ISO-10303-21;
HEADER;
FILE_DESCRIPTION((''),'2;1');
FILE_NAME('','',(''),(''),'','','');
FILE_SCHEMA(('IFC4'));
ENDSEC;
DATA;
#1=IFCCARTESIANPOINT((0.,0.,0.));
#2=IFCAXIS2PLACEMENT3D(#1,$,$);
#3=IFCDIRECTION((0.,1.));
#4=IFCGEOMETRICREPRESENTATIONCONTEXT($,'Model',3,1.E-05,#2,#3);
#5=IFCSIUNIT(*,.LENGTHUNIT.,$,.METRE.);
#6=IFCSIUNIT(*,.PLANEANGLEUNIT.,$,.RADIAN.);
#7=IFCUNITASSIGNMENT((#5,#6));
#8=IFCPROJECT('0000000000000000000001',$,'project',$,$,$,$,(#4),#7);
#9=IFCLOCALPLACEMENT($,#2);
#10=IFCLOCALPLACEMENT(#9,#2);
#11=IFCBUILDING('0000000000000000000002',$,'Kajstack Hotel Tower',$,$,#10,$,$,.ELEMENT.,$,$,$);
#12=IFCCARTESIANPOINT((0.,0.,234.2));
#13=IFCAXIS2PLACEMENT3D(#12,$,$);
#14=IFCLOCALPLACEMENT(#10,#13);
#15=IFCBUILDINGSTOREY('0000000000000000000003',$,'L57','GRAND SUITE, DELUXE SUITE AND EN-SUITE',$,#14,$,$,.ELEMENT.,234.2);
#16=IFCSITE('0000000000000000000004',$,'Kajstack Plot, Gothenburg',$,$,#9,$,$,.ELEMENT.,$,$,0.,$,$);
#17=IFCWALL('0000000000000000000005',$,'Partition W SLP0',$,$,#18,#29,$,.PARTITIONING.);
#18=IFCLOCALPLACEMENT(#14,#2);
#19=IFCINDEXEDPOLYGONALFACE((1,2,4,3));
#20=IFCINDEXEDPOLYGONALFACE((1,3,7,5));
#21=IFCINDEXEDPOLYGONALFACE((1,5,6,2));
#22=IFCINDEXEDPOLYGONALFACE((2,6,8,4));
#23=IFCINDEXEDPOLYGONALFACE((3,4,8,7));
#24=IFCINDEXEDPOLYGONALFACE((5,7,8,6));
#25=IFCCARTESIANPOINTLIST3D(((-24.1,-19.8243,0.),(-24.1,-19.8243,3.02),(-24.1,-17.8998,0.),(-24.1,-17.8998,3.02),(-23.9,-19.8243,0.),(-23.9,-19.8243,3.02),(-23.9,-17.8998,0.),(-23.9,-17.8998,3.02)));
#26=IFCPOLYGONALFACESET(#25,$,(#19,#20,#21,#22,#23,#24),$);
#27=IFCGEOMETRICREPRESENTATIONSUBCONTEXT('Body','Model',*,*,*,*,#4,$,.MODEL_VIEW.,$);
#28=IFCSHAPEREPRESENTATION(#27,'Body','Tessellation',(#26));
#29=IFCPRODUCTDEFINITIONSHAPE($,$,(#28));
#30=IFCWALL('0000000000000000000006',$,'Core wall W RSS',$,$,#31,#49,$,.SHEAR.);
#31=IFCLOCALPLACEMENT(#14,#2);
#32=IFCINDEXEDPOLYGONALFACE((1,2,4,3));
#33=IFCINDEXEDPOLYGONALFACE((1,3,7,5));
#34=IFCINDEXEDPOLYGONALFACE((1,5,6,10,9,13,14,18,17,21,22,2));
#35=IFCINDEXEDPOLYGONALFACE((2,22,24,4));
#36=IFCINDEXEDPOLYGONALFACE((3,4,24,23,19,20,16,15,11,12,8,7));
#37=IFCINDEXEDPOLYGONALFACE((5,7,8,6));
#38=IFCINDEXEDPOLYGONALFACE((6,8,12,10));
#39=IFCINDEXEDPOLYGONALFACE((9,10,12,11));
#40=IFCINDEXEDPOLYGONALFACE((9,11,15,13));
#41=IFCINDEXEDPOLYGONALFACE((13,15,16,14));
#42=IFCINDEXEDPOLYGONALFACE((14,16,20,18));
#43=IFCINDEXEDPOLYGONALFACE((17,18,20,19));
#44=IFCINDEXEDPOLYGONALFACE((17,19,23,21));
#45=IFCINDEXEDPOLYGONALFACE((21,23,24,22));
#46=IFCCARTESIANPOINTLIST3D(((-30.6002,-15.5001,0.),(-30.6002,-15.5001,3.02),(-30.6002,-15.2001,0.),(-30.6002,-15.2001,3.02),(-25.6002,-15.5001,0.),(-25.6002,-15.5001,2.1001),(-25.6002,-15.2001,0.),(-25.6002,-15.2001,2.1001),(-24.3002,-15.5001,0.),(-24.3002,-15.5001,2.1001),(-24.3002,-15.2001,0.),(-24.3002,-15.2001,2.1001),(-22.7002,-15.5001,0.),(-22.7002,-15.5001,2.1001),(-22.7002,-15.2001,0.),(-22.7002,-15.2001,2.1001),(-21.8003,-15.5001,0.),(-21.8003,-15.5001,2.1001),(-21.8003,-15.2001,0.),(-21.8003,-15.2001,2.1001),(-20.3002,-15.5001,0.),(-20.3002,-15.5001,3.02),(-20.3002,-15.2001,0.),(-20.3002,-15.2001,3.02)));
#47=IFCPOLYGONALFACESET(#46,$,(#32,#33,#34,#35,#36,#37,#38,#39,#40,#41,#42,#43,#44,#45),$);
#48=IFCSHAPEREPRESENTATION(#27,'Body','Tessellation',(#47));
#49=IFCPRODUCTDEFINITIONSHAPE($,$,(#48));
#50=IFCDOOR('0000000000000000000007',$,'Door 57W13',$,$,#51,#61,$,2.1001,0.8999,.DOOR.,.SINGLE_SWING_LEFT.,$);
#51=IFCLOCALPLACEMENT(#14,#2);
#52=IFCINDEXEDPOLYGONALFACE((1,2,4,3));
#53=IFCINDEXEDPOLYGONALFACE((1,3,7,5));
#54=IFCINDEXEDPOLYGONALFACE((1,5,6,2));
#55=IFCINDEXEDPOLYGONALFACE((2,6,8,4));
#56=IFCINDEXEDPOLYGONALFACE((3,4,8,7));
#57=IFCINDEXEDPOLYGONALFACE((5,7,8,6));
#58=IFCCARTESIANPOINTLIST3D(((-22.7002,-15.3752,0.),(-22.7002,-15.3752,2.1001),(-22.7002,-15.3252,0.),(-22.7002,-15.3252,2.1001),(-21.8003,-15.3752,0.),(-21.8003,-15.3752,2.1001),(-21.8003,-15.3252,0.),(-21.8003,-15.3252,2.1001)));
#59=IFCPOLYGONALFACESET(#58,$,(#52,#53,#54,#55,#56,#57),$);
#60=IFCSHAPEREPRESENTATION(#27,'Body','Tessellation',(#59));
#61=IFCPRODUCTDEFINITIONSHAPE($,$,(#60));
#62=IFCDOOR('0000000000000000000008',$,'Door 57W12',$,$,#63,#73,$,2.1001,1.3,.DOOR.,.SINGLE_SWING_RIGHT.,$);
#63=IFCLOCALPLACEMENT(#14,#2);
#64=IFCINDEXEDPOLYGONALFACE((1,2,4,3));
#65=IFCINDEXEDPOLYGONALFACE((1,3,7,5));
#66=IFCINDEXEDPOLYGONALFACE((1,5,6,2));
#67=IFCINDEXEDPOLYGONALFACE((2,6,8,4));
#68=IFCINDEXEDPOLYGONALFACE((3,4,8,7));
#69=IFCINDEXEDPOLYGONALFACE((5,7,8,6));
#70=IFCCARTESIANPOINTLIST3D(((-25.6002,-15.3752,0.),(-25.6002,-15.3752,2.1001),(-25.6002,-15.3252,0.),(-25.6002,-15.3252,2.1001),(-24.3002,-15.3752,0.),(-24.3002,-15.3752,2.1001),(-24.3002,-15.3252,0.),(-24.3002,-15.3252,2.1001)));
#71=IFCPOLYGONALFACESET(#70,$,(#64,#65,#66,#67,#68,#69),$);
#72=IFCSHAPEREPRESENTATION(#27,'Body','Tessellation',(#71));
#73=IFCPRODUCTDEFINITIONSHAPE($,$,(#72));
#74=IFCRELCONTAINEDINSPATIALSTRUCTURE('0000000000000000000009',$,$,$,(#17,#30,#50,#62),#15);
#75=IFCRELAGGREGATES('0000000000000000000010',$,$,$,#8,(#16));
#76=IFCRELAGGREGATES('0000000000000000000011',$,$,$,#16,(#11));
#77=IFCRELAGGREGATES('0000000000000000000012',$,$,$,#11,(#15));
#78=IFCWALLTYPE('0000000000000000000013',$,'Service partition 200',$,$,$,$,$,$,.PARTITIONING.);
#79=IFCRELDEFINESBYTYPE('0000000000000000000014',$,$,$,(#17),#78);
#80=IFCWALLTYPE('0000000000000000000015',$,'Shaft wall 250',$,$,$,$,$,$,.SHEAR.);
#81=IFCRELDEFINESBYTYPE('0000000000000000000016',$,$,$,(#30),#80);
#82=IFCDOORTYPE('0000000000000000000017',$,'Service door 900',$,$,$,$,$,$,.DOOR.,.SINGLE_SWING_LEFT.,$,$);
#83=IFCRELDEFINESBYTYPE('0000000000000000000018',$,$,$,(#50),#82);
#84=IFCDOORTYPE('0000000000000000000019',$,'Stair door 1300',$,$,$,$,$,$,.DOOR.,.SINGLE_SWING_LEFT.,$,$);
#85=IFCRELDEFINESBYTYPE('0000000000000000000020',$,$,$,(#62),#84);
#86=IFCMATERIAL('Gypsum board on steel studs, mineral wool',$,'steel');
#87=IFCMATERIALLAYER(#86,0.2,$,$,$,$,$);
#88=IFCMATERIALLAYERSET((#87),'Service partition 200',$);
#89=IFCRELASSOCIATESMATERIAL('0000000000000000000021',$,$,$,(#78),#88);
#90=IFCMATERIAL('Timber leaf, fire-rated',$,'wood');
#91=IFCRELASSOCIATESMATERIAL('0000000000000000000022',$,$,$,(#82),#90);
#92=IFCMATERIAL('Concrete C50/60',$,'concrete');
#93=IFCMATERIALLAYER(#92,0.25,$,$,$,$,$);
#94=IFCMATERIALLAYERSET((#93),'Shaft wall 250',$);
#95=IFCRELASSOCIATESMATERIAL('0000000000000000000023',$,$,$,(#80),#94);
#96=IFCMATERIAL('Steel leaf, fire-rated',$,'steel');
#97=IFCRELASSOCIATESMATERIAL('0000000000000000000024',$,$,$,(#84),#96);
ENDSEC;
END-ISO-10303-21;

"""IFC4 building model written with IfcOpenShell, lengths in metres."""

from ifc_helpers import new_model, si_unit, direction, frame, frame_2d, origin, place, context, subcontext, project, spatial, rectangle, extrude, material, layer, layer_set, type_object, element, fill, save


model = new_model("IFC4")

# Units and contexts
model_context = context("Model", 3, precision=1e-05, world=origin(), true_north=direction((0.0, 1.0)))
body_context = subcontext(model_context, "Body", "Model", "MODEL_VIEW")
ifc_project = project(units=[si_unit("LENGTHUNIT", "METRE"), si_unit("PLANEANGLEUNIT", "RADIAN")], contexts=[model_context])

# Site, building, storey
site_placement = place(None, origin())
site = spatial("IfcSite", under=ifc_project, at=site_placement, Name="Kajstack Plot, Gothenburg", CompositionType="ELEMENT", RefElevation=0.0)
building_placement = place(site_placement, origin())
building = spatial("IfcBuilding", under=site, at=building_placement, Name="Kajstack Hotel Tower", CompositionType="ELEMENT")
storey_placement = place(building_placement, frame((0.0, 0.0, 234.2)))
storey = spatial("IfcBuildingStorey", under=building, at=storey_placement, Name="L57", Description="GRAND SUITE, DELUXE SUITE AND EN-SUITE", CompositionType="ELEMENT", Elevation=234.2)

# Shared definitions
ifc_material_1 = material(Name="Gypsum board on steel studs, mineral wool", Category="steel")
ifc_layer_1 = layer(ifc_material_1, 0.2)
ifc_layer_set_1 = layer_set([ifc_layer_1], Name="Service partition 200")
wall_type_1 = type_object("IfcWallType", Name="Service partition 200", PredefinedType="PARTITIONING", material=ifc_layer_set_1)
ifc_material_2 = material(Name="Timber leaf, fire-rated", Category="wood")
door_type_1 = type_object("IfcDoorType", Name="Service door 900", OperationType="SINGLE_SWING_LEFT", PredefinedType="DOOR", material=ifc_material_2)

# Wall
wall_1_placement = place(storey_placement, frame((-24.0, -19.8245, 0.0), z_axis=(0.0, 0.0, 1.0), x_axis=(0.0, 1.0, 0.0)))
element("IfcWall", 1, at=wall_1_placement, inside=storey, type_object=wall_type_1, Name="Partition W SLP0", PredefinedType="PARTITIONING", context=body_context, shape_type="SweptSolid", body=[
    extrude(rectangle(XDim=1.9246, YDim=0.2, at=frame_2d((0.9624, 0.0))), origin(), (0.0, 0.0, 1.0), 3.02),
])

# Wall, openings, doors
ifc_material_3 = material(Name="Concrete C50/60", Category="concrete")
ifc_layer_2 = layer(ifc_material_3, 0.25)
ifc_layer_set_2 = layer_set([ifc_layer_2], Name="Shaft wall 250")
wall_type_2 = type_object("IfcWallType", Name="Shaft wall 250", PredefinedType="SHEAR", material=ifc_layer_set_2)
wall_2_placement = place(storey_placement, frame((-30.6001, -15.3501, 0.0), z_axis=(0.0, 0.0, 1.0), x_axis=(1.0, 0.0, 0.0)))
wall_2 = element("IfcWall", 2, at=wall_2_placement, inside=storey, type_object=wall_type_2, Name="Core wall W RSS", PredefinedType="SHEAR", context=body_context, shape_type="SweptSolid", body=[
    extrude(rectangle(XDim=10.3, YDim=0.3, at=frame_2d((5.1499, 0.0))), origin(), (0.0, 0.0, 1.0), 3.02),
])
opening_1_placement = place(wall_2_placement, frame((5.0, 0.0, 0.0)))
opening_1 = element("IfcOpeningElement", 3, at=opening_1_placement, cuts=wall_2, PredefinedType="OPENING", context=body_context, shape_type="SweptSolid", body=[
    extrude(rectangle(XDim=1.3, YDim=2.1001, at=frame_2d((0.6499, 1.05))), frame((0.0, 0.1599, 0.0), z_axis=(0.0, -1.0, 0.0), x_axis=(1.0, 0.0, 0.0)), (0.0, 0.0, 1.0), 0.3201),
])
opening_2_placement = place(wall_2_placement, frame((7.8999, 0.0, 0.0)))
opening_2 = element("IfcOpeningElement", 4, at=opening_2_placement, cuts=wall_2, PredefinedType="OPENING", context=body_context, shape_type="SweptSolid", body=[
    extrude(rectangle(XDim=0.8999, YDim=2.1001, at=frame_2d((0.45, 1.05))), frame((0.0, 0.1599, 0.0), z_axis=(0.0, -1.0, 0.0), x_axis=(1.0, 0.0, 0.0)), (0.0, 0.0, 1.0), 0.3201),
])
door_1_placement = place(opening_2_placement, origin())
door_1 = element("IfcDoor", 5, at=door_1_placement, inside=storey, type_object=door_type_1, Name="Door 57W13", OperationType="SINGLE_SWING_LEFT", OverallHeight=2.1001, OverallWidth=0.8999, PredefinedType="DOOR", context=body_context, shape_type="SweptSolid", body=[
    extrude(rectangle(XDim=0.8999, YDim=2.1001, at=frame_2d((0.45, 1.05))), frame((0.0, 0.0249, 0.0), z_axis=(0.0, -1.0, 0.0), x_axis=(1.0, 0.0, 0.0)), (0.0, 0.0, 1.0), 0.05),
])
fill(opening_2, door_1)
ifc_material_4 = material(Name="Steel leaf, fire-rated", Category="steel")
door_type_2 = type_object("IfcDoorType", Name="Stair door 1300", OperationType="SINGLE_SWING_LEFT", PredefinedType="DOOR", material=ifc_material_4)
door_2_placement = place(opening_1_placement, origin())
door_2 = element("IfcDoor", 6, at=door_2_placement, inside=storey, type_object=door_type_2, Name="Door 57W12", OperationType="SINGLE_SWING_RIGHT", OverallHeight=2.1001, OverallWidth=1.3, PredefinedType="DOOR", context=body_context, shape_type="SweptSolid", body=[
    extrude(rectangle(XDim=1.3, YDim=2.1001, at=frame_2d((0.6499, 1.05))), frame((0.0, 0.0249, 0.0), z_axis=(0.0, -1.0, 0.0), x_axis=(1.0, 0.0, 0.0)), (0.0, 0.0, 1.0), 0.05),
])
fill(opening_1, door_2)

save(model, "model.ifc")
